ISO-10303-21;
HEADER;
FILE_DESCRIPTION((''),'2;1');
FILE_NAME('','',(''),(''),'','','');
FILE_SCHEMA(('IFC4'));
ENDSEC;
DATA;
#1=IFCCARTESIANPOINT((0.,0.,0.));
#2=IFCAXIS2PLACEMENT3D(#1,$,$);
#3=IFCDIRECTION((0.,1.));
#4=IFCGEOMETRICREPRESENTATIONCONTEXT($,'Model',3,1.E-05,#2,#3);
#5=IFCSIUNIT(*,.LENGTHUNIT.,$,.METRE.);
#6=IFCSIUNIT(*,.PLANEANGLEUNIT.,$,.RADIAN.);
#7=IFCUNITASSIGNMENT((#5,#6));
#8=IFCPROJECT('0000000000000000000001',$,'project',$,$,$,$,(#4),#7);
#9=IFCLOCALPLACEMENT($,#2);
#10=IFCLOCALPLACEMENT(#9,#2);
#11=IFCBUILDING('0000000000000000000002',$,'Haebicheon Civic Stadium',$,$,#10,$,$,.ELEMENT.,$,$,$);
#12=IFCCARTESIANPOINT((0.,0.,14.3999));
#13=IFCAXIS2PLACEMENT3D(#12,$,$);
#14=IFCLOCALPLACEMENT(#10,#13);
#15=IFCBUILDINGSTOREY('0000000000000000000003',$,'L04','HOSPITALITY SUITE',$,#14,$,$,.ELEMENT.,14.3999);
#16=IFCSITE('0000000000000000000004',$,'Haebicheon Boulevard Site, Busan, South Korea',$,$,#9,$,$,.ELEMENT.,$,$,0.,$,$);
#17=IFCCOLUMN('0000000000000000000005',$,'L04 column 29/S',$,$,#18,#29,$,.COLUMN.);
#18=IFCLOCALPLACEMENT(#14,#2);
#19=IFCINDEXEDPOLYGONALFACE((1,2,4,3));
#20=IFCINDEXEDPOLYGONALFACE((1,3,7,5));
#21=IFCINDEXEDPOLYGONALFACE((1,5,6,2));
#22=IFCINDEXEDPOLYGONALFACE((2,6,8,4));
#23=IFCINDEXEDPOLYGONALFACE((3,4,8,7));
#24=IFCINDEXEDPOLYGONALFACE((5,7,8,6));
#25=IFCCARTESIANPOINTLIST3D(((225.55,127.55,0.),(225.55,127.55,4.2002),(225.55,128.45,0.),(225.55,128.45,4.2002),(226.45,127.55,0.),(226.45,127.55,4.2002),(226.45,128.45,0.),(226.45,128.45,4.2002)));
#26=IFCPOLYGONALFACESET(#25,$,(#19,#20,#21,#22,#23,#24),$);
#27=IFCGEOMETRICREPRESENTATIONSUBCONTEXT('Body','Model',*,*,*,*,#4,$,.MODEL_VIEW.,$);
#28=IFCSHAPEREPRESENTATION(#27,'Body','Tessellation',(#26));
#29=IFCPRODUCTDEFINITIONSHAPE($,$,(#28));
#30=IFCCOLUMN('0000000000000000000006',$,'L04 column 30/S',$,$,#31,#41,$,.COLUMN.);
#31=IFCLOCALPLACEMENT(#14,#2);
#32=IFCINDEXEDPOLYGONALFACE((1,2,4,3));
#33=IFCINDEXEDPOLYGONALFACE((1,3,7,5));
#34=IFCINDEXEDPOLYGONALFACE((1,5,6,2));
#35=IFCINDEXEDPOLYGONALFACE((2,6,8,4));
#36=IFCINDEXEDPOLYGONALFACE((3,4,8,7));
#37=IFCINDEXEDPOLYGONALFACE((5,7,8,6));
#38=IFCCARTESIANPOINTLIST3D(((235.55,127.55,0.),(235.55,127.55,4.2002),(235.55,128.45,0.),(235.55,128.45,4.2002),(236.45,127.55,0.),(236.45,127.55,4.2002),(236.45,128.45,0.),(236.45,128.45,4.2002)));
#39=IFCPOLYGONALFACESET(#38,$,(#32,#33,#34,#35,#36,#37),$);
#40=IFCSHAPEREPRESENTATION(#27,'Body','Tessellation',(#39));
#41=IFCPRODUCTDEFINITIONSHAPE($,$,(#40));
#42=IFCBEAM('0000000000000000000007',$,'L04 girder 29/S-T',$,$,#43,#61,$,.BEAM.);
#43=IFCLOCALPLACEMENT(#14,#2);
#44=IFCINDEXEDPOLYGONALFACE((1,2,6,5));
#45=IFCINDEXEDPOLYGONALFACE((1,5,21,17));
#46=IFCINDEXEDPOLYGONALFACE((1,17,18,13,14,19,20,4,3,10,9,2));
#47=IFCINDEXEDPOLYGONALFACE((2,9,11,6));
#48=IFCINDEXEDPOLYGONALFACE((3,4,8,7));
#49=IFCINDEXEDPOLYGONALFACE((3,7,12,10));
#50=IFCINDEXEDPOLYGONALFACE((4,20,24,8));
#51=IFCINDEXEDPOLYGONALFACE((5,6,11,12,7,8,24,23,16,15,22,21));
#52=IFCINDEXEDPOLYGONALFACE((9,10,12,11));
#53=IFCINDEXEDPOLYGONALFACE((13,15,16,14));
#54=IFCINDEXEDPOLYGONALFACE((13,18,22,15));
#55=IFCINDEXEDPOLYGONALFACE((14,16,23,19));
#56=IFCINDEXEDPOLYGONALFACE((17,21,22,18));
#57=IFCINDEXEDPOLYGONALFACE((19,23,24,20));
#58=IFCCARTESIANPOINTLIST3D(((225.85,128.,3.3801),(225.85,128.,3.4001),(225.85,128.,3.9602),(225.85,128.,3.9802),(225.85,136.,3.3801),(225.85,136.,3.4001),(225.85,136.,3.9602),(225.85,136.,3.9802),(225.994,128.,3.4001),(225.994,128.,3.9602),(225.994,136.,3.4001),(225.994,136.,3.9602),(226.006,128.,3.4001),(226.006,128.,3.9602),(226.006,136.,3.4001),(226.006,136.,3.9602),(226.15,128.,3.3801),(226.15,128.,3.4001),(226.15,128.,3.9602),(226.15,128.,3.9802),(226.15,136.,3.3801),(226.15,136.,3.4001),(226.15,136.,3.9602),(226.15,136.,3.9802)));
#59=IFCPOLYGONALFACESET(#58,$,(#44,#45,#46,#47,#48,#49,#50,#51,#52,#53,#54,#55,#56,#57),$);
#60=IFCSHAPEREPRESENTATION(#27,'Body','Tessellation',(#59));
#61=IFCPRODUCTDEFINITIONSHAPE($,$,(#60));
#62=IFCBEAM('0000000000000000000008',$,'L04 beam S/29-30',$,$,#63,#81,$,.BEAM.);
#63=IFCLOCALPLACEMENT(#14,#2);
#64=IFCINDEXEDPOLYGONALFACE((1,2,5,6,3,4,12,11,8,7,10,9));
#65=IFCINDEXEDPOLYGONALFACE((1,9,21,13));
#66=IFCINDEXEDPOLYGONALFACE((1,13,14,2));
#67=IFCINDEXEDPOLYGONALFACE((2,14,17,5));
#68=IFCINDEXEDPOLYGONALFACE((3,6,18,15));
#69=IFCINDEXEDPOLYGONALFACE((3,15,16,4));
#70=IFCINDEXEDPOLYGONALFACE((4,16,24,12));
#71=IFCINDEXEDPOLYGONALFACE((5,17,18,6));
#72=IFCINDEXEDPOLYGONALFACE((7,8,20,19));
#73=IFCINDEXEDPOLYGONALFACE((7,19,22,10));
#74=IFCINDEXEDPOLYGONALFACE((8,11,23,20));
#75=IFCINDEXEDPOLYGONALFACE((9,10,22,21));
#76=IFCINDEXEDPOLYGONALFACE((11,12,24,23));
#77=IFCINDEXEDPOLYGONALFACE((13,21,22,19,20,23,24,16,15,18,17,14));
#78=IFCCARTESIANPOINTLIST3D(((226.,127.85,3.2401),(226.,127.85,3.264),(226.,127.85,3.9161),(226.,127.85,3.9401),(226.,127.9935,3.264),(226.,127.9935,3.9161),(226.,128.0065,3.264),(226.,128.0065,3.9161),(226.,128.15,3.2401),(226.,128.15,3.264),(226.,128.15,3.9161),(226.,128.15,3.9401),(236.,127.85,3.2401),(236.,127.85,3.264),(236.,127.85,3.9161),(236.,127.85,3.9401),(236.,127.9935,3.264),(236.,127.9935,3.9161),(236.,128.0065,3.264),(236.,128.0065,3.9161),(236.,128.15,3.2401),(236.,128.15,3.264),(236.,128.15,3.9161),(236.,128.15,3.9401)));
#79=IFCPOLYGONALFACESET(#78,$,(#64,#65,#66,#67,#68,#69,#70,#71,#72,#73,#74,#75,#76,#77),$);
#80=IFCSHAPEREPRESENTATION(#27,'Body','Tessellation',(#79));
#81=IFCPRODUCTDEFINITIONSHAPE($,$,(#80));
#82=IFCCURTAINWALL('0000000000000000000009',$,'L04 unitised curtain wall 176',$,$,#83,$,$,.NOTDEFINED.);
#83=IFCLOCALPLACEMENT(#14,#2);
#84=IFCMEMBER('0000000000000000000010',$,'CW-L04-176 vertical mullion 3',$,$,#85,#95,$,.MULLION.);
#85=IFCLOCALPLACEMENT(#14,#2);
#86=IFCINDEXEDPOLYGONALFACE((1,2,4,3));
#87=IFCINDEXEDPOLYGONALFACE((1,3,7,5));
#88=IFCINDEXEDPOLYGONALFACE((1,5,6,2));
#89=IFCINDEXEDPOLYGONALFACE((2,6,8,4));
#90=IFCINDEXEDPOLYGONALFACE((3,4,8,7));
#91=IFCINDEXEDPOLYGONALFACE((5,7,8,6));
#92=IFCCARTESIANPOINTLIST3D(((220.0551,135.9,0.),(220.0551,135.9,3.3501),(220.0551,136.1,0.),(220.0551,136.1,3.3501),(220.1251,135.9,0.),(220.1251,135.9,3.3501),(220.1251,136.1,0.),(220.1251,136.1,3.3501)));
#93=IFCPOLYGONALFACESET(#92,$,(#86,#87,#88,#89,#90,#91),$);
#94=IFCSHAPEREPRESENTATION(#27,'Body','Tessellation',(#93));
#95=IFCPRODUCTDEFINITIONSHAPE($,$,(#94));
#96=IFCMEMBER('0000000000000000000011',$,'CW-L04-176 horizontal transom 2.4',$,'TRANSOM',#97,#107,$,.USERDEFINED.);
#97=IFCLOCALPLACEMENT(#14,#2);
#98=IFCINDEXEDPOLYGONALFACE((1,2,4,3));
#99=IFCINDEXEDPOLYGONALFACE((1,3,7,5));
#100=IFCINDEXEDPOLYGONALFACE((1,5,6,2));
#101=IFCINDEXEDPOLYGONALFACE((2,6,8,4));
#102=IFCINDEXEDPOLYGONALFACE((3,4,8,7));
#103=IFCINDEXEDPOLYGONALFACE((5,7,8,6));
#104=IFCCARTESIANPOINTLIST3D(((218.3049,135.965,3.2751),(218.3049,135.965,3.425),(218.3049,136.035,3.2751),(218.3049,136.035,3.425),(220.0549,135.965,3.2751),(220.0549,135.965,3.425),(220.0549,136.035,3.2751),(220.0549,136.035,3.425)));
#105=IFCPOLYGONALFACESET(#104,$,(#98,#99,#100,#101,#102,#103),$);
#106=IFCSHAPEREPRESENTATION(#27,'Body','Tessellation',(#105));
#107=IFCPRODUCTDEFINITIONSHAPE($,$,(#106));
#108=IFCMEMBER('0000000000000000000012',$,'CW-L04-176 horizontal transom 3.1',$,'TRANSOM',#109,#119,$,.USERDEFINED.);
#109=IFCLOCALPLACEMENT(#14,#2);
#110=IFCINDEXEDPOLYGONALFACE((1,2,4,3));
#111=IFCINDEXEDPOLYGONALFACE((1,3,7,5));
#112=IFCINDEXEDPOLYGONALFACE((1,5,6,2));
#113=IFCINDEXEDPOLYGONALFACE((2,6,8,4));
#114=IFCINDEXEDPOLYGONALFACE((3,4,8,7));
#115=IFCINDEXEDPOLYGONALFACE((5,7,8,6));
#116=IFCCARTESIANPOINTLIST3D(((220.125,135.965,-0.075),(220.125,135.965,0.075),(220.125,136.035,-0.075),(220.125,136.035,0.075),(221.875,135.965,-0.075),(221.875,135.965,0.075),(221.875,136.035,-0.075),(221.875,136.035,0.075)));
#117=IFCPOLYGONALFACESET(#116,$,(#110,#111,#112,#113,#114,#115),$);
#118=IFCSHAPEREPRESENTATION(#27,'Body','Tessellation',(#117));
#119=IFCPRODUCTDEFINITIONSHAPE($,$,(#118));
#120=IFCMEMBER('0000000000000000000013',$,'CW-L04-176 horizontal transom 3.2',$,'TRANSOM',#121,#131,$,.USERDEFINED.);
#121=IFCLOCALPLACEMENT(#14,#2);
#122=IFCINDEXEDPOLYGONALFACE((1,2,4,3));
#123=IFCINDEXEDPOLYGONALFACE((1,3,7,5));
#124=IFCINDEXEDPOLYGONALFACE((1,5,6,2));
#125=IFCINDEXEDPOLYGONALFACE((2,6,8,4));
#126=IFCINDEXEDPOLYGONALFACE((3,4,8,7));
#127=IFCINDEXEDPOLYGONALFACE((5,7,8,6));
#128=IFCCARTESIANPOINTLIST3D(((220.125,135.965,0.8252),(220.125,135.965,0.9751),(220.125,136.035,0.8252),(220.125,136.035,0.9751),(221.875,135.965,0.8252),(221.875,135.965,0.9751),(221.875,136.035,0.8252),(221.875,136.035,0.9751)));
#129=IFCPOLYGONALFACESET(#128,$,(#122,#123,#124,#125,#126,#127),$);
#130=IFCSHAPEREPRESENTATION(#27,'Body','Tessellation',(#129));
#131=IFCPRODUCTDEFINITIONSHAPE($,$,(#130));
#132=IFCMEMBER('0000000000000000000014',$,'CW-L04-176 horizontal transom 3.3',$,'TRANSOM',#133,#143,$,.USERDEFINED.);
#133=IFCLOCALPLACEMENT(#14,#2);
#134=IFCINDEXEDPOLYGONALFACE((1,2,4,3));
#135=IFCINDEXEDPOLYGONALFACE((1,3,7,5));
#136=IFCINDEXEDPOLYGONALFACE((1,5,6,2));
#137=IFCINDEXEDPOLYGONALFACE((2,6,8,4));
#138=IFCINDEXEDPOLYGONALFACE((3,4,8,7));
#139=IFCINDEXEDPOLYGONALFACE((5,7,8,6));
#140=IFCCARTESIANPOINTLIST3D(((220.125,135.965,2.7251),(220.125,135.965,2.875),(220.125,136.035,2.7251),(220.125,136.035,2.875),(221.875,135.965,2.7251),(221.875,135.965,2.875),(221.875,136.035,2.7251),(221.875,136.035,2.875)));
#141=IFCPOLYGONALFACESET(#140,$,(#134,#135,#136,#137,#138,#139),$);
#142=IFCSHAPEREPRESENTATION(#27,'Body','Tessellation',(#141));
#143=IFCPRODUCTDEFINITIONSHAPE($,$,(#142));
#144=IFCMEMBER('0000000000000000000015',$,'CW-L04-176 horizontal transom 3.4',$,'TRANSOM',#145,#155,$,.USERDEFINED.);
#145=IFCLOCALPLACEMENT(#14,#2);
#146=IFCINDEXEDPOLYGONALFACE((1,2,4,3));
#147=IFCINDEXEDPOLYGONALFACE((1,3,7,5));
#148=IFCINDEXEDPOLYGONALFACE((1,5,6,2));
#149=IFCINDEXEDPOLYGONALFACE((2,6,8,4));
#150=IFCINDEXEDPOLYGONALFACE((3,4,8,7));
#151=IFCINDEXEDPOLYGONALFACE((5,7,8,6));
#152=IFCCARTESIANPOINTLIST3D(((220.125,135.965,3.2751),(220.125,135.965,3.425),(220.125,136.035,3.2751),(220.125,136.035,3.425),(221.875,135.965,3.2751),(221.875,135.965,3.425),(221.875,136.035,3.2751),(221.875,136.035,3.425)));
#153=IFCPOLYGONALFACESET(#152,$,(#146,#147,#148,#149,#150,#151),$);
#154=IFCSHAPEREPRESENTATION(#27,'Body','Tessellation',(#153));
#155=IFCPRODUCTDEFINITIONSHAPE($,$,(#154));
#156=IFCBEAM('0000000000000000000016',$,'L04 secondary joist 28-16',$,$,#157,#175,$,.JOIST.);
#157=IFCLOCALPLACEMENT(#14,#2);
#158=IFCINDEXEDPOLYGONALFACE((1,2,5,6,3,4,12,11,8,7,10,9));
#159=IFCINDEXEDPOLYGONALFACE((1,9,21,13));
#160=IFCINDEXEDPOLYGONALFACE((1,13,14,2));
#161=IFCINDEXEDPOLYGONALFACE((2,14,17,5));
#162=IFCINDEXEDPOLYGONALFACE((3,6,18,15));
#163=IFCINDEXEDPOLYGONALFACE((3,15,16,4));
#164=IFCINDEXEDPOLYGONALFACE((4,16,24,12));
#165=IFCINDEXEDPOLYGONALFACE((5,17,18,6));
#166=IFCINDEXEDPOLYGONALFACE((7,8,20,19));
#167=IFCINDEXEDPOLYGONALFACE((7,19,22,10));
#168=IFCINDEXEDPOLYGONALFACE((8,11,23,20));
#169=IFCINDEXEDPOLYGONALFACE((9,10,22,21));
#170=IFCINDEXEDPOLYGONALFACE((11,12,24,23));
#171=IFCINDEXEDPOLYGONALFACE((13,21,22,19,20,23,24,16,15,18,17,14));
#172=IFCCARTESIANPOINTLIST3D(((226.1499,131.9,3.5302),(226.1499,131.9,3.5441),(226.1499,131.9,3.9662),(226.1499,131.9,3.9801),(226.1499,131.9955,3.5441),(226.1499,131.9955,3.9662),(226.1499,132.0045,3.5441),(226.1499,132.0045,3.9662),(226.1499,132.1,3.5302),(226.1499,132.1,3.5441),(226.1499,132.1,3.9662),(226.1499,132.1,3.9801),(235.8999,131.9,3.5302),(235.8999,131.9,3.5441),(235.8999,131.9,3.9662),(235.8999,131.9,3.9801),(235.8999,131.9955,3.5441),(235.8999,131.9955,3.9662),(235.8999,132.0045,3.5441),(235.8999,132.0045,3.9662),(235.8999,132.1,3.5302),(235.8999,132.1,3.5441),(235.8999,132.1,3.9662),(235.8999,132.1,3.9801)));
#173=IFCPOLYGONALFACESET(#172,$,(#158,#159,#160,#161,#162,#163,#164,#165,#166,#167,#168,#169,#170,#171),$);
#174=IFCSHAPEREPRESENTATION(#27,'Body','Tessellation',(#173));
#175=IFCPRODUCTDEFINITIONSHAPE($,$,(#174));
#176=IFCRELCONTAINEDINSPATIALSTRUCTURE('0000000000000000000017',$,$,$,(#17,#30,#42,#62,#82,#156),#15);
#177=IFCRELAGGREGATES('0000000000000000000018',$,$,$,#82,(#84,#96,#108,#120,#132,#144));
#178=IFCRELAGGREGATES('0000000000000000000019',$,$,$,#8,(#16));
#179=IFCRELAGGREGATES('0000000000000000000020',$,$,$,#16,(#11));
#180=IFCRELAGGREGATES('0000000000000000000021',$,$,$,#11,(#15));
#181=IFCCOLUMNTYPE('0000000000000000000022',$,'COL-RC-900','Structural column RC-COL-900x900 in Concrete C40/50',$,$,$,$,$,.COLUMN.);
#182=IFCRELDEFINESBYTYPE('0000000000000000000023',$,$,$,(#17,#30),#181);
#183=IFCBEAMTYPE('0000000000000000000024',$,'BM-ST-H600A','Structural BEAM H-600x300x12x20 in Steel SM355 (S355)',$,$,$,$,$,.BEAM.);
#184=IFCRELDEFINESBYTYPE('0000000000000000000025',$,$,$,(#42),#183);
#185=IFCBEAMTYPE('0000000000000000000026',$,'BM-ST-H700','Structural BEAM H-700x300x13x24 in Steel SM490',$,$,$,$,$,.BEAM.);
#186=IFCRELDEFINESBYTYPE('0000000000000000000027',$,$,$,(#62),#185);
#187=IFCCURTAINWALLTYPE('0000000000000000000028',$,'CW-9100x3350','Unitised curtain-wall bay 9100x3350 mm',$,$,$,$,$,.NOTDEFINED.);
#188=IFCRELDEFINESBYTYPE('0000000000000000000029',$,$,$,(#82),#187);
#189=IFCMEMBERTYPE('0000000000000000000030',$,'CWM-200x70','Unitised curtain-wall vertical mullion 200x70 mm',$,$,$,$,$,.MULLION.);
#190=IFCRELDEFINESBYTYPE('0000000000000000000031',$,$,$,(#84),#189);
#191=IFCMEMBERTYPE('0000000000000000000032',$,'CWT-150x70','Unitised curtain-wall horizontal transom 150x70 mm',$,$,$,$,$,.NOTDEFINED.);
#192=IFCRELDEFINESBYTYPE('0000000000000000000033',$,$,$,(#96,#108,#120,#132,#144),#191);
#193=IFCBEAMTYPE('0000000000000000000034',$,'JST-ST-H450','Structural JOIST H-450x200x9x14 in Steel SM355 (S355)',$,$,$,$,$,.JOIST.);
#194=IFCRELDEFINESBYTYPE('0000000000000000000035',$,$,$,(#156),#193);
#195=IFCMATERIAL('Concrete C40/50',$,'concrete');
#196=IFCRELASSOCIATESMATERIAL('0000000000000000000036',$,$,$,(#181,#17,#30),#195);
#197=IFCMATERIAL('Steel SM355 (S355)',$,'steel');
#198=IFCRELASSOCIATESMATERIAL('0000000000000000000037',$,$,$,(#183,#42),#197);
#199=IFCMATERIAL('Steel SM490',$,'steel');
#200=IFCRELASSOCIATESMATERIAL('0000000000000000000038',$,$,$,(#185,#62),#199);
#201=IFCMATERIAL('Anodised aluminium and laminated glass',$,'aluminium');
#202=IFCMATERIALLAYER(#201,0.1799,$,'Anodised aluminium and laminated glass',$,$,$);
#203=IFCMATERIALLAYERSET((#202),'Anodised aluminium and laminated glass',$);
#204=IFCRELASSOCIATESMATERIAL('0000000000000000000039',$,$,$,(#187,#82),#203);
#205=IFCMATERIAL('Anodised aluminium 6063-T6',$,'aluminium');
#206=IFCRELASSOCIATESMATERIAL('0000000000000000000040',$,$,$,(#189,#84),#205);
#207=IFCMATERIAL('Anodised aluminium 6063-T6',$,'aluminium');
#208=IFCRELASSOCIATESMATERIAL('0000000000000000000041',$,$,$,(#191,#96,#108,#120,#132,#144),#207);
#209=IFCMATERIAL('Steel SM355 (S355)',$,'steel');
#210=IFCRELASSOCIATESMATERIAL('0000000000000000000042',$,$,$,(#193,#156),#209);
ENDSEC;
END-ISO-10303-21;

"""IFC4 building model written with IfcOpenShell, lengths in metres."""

from ifc_helpers import new_model, si_unit, direction, frame, origin, origin_2d, place, context, subcontext, project, spatial, rectangle, i_section, extrude, material, layer, layer_set, material_profile, profile_set, type_object, element, aggregate, save


model = new_model("IFC4")

# Units and contexts
model_context = context("Model", 3, precision=1e-05, world=origin(), true_north=direction((0.0, 1.0)))
body_context = subcontext(model_context, "Body", "Model", "MODEL_VIEW")
ifc_project = project(units=[si_unit("LENGTHUNIT", "METRE"), si_unit("PLANEANGLEUNIT", "RADIAN")], contexts=[model_context])

# Site, building, storey
site_placement = place(None, origin())
site = spatial("IfcSite", under=ifc_project, at=site_placement, Name="Haebicheon Boulevard Site, Busan, South Korea", CompositionType="ELEMENT", RefElevation=0.0)
building_placement = place(site_placement, origin())
building = spatial("IfcBuilding", under=site, at=building_placement, Name="Haebicheon Civic Stadium", CompositionType="ELEMENT")
storey_placement = place(building_placement, frame((0.0, 0.0, 14.3999)))
storey = spatial("IfcBuildingStorey", under=building, at=storey_placement, Name="L04", Description="HOSPITALITY SUITE", CompositionType="ELEMENT", Elevation=14.3999)

# Columns
ifc_material_1 = material(Name="Concrete C40/50", Category="concrete")
ifc_material_profile_1 = material_profile(ifc_material_1, rectangle(XDim=0.8999, YDim=0.8999, at=origin_2d()), Name="RC-COL-900x900")
ifc_profile_set_1 = profile_set([ifc_material_profile_1], Name="Concrete C40/50")
column_type = type_object("IfcColumnType", Name="COL-RC-900", Description="Structural column RC-COL-900x900 in Concrete C40/50", PredefinedType="COLUMN", material=ifc_profile_set_1)
for number, where, z_axis, x_axis, name in (
    (1, (226.0, 128.0, 0.0), (0.0, 0.0, 1.0), (1.0, 0.0, 0.0), "L04 column 29/S"),
    (2, (236.0, 128.0, 0.0), (0.0, 0.0, 1.0), (1.0, 0.0, 0.0), "L04 column 30/S"),
):
    element("IfcColumn", number, at=place(storey_placement, frame(where, z_axis=z_axis, x_axis=x_axis)), inside=storey, type_object=column_type, material=ifc_profile_set_1, Name=name, PredefinedType="COLUMN", context=body_context, shape_type="SweptSolid", body=[
        extrude(rectangle(XDim=0.8999, YDim=0.8999, at=origin_2d()), origin(), (0.0, 0.0, 1.0), 4.2002),
    ])

# Beams
ifc_material_2 = material(Name="Steel SM355 (S355)", Category="steel")
ifc_material_profile_2 = material_profile(ifc_material_2, i_section(OverallWidth=0.3, OverallDepth=0.6001, WebThickness=0.012, FlangeThickness=0.02, at=origin_2d()), Name="H-600x300x12x20")
ifc_profile_set_2 = profile_set([ifc_material_profile_2], Name="Steel SM355 (S355)")
beam_type_1 = type_object("IfcBeamType", Name="BM-ST-H600A", Description="Structural BEAM H-600x300x12x20 in Steel SM355 (S355)", PredefinedType="BEAM", material=ifc_profile_set_2)
beam_1_placement = place(storey_placement, frame((226.0, 128.0, 3.6802), z_axis=(0.0, 1.0, 0.0), x_axis=(-1.0, 0.0, 0.0)))
element("IfcBeam", 3, at=beam_1_placement, inside=storey, type_object=beam_type_1, material=ifc_profile_set_2, Name="L04 girder 29/S-T", PredefinedType="BEAM", context=body_context, shape_type="SweptSolid", body=[
    extrude(i_section(OverallWidth=0.3, OverallDepth=0.6001, WebThickness=0.012, FlangeThickness=0.02, at=origin_2d()), origin(), (0.0, 0.0, 1.0), 8.0),
])
ifc_material_3 = material(Name="Steel SM490", Category="steel")
ifc_material_profile_3 = material_profile(ifc_material_3, i_section(OverallWidth=0.3, OverallDepth=0.7, WebThickness=0.0129, FlangeThickness=0.0239, at=origin_2d()), Name="H-700x300x13x24")
ifc_profile_set_3 = profile_set([ifc_material_profile_3], Name="Steel SM490")
beam_type_2 = type_object("IfcBeamType", Name="BM-ST-H700", Description="Structural BEAM H-700x300x13x24 in Steel SM490", PredefinedType="BEAM", material=ifc_profile_set_3)
beam_2_placement = place(storey_placement, frame((226.0, 128.0, 3.5901), z_axis=(1.0, 0.0, 0.0), x_axis=(0.0, 1.0, 0.0)))
element("IfcBeam", 4, at=beam_2_placement, inside=storey, type_object=beam_type_2, material=ifc_profile_set_3, Name="L04 beam S/29-30", PredefinedType="BEAM", context=body_context, shape_type="SweptSolid", body=[
    extrude(i_section(OverallWidth=0.3, OverallDepth=0.7, WebThickness=0.0129, FlangeThickness=0.0239, at=origin_2d()), origin(), (0.0, 0.0, 1.0), 10.0),
])

# Curtain wall, members
ifc_material_4 = material(Name="Anodised aluminium and laminated glass", Category="aluminium")
ifc_layer_1 = layer(ifc_material_4, 0.1799, Name="Anodised aluminium and laminated glass")
ifc_layer_set_1 = layer_set([ifc_layer_1], Name="Anodised aluminium and laminated glass")
curtain_wall_type = type_object("IfcCurtainWallType", Name="CW-9100x3350", Description="Unitised curtain-wall bay 9100x3350 mm", PredefinedType="NOTDEFINED", material=ifc_layer_set_1)
curtain_wall_placement = place(storey_placement, origin())
curtain_wall = element("IfcCurtainWall", 5, at=curtain_wall_placement, inside=storey, type_object=curtain_wall_type, material=ifc_layer_set_1, Name="L04 unitised curtain wall 176", PredefinedType="NOTDEFINED")
ifc_material_5 = material(Name="Anodised aluminium 6063-T6", Category="aluminium")
ifc_material_profile_4 = material_profile(ifc_material_5, rectangle(XDim=0.0701, YDim=0.2, at=origin_2d()), Name="ALU-MULL-70x200")
ifc_profile_set_4 = profile_set([ifc_material_profile_4], Name="Anodised aluminium 6063-T6")
member_type_1 = type_object("IfcMemberType", Name="CWM-200x70", Description="Unitised curtain-wall vertical mullion 200x70 mm", PredefinedType="MULLION", material=ifc_profile_set_4)
member_1_placement = place(storey_placement, frame((220.0901, 136.0, 0.0), z_axis=(0.0, 0.0, 1.0), x_axis=(1.0, 0.0, 0.0)))
member_1 = element("IfcMember", 6, at=member_1_placement, type_object=member_type_1, material=ifc_profile_set_4, Name="CW-L04-176 vertical mullion 3", PredefinedType="MULLION", context=body_context, shape_type="SweptSolid", body=[
    extrude(rectangle(XDim=0.0701, YDim=0.2, at=origin_2d()), origin(), (0.0, 0.0, 1.0), 3.3501),
])
ifc_material_6 = material(Name="Anodised aluminium 6063-T6", Category="aluminium")
ifc_material_profile_5 = material_profile(ifc_material_6, rectangle(XDim=0.0701, YDim=0.1499, at=origin_2d()), Name="ALU-TRAN-70x150")
ifc_profile_set_5 = profile_set([ifc_material_profile_5], Name="Anodised aluminium 6063-T6")
member_type_2 = type_object("IfcMemberType", Name="CWT-150x70", Description="Unitised curtain-wall horizontal transom 150x70 mm", PredefinedType="NOTDEFINED", material=ifc_profile_set_5)
member_2_placement = place(storey_placement, frame((218.3049, 136.0, 3.3501), z_axis=(1.0, 0.0, 0.0), x_axis=(0.0, 1.0, 0.0)))
member_2 = element("IfcMember", 7, at=member_2_placement, type_object=member_type_2, material=ifc_profile_set_5, Name="CW-L04-176 horizontal transom 2.4", ObjectType="TRANSOM", PredefinedType="USERDEFINED", context=body_context, shape_type="SweptSolid", body=[
    extrude(rectangle(XDim=0.0701, YDim=0.1499, at=origin_2d()), origin(), (0.0, 0.0, 1.0), 1.75),
])
member_3_placement = place(storey_placement, frame((220.125, 136.0, 0.0), z_axis=(1.0, 0.0, 0.0), x_axis=(0.0, 1.0, 0.0)))
member_3 = element("IfcMember", 8, at=member_3_placement, type_object=member_type_2, material=ifc_profile_set_5, Name="CW-L04-176 horizontal transom 3.1", ObjectType="TRANSOM", PredefinedType="USERDEFINED", context=body_context, shape_type="SweptSolid", body=[
    extrude(rectangle(XDim=0.0701, YDim=0.1499, at=origin_2d()), origin(), (0.0, 0.0, 1.0), 1.75),
])
member_4_placement = place(storey_placement, frame((220.125, 136.0, 0.9001), z_axis=(1.0, 0.0, 0.0), x_axis=(0.0, 1.0, 0.0)))
member_4 = element("IfcMember", 9, at=member_4_placement, type_object=member_type_2, material=ifc_profile_set_5, Name="CW-L04-176 horizontal transom 3.2", ObjectType="TRANSOM", PredefinedType="USERDEFINED", context=body_context, shape_type="SweptSolid", body=[
    extrude(rectangle(XDim=0.0701, YDim=0.1499, at=origin_2d()), origin(), (0.0, 0.0, 1.0), 1.75),
])
member_5_placement = place(storey_placement, frame((220.125, 136.0, 2.8), z_axis=(1.0, 0.0, 0.0), x_axis=(0.0, 1.0, 0.0)))
member_5 = element("IfcMember", 10, at=member_5_placement, type_object=member_type_2, material=ifc_profile_set_5, Name="CW-L04-176 horizontal transom 3.3", ObjectType="TRANSOM", PredefinedType="USERDEFINED", context=body_context, shape_type="SweptSolid", body=[
    extrude(rectangle(XDim=0.0701, YDim=0.1499, at=origin_2d()), origin(), (0.0, 0.0, 1.0), 1.75),
])
member_6_placement = place(storey_placement, frame((220.125, 136.0, 3.3501), z_axis=(1.0, 0.0, 0.0), x_axis=(0.0, 1.0, 0.0)))
member_6 = element("IfcMember", 11, at=member_6_placement, type_object=member_type_2, material=ifc_profile_set_5, Name="CW-L04-176 horizontal transom 3.4", ObjectType="TRANSOM", PredefinedType="USERDEFINED", context=body_context, shape_type="SweptSolid", body=[
    extrude(rectangle(XDim=0.0701, YDim=0.1499, at=origin_2d()), origin(), (0.0, 0.0, 1.0), 1.75),
])

# Beam
ifc_material_7 = material(Name="Steel SM355 (S355)", Category="steel")
ifc_material_profile_6 = material_profile(ifc_material_7, i_section(OverallWidth=0.2, OverallDepth=0.45, WebThickness=0.009, FlangeThickness=0.0139, at=origin_2d()), Name="H-450x200x9x14")
ifc_profile_set_6 = profile_set([ifc_material_profile_6], Name="Steel SM355 (S355)")
beam_type_3 = type_object("IfcBeamType", Name="JST-ST-H450", Description="Structural JOIST H-450x200x9x14 in Steel SM355 (S355)", PredefinedType="JOIST", material=ifc_profile_set_6)
beam_3_placement = place(storey_placement, frame((226.1499, 132.0, 3.7551), z_axis=(1.0, 0.0, 0.0), x_axis=(0.0, 1.0, 0.0)))
element("IfcBeam", 12, at=beam_3_placement, inside=storey, type_object=beam_type_3, material=ifc_profile_set_6, Name="L04 secondary joist 28-16", PredefinedType="JOIST", context=body_context, shape_type="SweptSolid", body=[
    extrude(i_section(OverallWidth=0.2, OverallDepth=0.45, WebThickness=0.009, FlangeThickness=0.0139, at=origin_2d()), origin(), (0.0, 0.0, 1.0), 9.75),
])

aggregate(curtain_wall, [member_1, member_2, member_3, member_4, member_5, member_6])

save(model, "model.ifc")
